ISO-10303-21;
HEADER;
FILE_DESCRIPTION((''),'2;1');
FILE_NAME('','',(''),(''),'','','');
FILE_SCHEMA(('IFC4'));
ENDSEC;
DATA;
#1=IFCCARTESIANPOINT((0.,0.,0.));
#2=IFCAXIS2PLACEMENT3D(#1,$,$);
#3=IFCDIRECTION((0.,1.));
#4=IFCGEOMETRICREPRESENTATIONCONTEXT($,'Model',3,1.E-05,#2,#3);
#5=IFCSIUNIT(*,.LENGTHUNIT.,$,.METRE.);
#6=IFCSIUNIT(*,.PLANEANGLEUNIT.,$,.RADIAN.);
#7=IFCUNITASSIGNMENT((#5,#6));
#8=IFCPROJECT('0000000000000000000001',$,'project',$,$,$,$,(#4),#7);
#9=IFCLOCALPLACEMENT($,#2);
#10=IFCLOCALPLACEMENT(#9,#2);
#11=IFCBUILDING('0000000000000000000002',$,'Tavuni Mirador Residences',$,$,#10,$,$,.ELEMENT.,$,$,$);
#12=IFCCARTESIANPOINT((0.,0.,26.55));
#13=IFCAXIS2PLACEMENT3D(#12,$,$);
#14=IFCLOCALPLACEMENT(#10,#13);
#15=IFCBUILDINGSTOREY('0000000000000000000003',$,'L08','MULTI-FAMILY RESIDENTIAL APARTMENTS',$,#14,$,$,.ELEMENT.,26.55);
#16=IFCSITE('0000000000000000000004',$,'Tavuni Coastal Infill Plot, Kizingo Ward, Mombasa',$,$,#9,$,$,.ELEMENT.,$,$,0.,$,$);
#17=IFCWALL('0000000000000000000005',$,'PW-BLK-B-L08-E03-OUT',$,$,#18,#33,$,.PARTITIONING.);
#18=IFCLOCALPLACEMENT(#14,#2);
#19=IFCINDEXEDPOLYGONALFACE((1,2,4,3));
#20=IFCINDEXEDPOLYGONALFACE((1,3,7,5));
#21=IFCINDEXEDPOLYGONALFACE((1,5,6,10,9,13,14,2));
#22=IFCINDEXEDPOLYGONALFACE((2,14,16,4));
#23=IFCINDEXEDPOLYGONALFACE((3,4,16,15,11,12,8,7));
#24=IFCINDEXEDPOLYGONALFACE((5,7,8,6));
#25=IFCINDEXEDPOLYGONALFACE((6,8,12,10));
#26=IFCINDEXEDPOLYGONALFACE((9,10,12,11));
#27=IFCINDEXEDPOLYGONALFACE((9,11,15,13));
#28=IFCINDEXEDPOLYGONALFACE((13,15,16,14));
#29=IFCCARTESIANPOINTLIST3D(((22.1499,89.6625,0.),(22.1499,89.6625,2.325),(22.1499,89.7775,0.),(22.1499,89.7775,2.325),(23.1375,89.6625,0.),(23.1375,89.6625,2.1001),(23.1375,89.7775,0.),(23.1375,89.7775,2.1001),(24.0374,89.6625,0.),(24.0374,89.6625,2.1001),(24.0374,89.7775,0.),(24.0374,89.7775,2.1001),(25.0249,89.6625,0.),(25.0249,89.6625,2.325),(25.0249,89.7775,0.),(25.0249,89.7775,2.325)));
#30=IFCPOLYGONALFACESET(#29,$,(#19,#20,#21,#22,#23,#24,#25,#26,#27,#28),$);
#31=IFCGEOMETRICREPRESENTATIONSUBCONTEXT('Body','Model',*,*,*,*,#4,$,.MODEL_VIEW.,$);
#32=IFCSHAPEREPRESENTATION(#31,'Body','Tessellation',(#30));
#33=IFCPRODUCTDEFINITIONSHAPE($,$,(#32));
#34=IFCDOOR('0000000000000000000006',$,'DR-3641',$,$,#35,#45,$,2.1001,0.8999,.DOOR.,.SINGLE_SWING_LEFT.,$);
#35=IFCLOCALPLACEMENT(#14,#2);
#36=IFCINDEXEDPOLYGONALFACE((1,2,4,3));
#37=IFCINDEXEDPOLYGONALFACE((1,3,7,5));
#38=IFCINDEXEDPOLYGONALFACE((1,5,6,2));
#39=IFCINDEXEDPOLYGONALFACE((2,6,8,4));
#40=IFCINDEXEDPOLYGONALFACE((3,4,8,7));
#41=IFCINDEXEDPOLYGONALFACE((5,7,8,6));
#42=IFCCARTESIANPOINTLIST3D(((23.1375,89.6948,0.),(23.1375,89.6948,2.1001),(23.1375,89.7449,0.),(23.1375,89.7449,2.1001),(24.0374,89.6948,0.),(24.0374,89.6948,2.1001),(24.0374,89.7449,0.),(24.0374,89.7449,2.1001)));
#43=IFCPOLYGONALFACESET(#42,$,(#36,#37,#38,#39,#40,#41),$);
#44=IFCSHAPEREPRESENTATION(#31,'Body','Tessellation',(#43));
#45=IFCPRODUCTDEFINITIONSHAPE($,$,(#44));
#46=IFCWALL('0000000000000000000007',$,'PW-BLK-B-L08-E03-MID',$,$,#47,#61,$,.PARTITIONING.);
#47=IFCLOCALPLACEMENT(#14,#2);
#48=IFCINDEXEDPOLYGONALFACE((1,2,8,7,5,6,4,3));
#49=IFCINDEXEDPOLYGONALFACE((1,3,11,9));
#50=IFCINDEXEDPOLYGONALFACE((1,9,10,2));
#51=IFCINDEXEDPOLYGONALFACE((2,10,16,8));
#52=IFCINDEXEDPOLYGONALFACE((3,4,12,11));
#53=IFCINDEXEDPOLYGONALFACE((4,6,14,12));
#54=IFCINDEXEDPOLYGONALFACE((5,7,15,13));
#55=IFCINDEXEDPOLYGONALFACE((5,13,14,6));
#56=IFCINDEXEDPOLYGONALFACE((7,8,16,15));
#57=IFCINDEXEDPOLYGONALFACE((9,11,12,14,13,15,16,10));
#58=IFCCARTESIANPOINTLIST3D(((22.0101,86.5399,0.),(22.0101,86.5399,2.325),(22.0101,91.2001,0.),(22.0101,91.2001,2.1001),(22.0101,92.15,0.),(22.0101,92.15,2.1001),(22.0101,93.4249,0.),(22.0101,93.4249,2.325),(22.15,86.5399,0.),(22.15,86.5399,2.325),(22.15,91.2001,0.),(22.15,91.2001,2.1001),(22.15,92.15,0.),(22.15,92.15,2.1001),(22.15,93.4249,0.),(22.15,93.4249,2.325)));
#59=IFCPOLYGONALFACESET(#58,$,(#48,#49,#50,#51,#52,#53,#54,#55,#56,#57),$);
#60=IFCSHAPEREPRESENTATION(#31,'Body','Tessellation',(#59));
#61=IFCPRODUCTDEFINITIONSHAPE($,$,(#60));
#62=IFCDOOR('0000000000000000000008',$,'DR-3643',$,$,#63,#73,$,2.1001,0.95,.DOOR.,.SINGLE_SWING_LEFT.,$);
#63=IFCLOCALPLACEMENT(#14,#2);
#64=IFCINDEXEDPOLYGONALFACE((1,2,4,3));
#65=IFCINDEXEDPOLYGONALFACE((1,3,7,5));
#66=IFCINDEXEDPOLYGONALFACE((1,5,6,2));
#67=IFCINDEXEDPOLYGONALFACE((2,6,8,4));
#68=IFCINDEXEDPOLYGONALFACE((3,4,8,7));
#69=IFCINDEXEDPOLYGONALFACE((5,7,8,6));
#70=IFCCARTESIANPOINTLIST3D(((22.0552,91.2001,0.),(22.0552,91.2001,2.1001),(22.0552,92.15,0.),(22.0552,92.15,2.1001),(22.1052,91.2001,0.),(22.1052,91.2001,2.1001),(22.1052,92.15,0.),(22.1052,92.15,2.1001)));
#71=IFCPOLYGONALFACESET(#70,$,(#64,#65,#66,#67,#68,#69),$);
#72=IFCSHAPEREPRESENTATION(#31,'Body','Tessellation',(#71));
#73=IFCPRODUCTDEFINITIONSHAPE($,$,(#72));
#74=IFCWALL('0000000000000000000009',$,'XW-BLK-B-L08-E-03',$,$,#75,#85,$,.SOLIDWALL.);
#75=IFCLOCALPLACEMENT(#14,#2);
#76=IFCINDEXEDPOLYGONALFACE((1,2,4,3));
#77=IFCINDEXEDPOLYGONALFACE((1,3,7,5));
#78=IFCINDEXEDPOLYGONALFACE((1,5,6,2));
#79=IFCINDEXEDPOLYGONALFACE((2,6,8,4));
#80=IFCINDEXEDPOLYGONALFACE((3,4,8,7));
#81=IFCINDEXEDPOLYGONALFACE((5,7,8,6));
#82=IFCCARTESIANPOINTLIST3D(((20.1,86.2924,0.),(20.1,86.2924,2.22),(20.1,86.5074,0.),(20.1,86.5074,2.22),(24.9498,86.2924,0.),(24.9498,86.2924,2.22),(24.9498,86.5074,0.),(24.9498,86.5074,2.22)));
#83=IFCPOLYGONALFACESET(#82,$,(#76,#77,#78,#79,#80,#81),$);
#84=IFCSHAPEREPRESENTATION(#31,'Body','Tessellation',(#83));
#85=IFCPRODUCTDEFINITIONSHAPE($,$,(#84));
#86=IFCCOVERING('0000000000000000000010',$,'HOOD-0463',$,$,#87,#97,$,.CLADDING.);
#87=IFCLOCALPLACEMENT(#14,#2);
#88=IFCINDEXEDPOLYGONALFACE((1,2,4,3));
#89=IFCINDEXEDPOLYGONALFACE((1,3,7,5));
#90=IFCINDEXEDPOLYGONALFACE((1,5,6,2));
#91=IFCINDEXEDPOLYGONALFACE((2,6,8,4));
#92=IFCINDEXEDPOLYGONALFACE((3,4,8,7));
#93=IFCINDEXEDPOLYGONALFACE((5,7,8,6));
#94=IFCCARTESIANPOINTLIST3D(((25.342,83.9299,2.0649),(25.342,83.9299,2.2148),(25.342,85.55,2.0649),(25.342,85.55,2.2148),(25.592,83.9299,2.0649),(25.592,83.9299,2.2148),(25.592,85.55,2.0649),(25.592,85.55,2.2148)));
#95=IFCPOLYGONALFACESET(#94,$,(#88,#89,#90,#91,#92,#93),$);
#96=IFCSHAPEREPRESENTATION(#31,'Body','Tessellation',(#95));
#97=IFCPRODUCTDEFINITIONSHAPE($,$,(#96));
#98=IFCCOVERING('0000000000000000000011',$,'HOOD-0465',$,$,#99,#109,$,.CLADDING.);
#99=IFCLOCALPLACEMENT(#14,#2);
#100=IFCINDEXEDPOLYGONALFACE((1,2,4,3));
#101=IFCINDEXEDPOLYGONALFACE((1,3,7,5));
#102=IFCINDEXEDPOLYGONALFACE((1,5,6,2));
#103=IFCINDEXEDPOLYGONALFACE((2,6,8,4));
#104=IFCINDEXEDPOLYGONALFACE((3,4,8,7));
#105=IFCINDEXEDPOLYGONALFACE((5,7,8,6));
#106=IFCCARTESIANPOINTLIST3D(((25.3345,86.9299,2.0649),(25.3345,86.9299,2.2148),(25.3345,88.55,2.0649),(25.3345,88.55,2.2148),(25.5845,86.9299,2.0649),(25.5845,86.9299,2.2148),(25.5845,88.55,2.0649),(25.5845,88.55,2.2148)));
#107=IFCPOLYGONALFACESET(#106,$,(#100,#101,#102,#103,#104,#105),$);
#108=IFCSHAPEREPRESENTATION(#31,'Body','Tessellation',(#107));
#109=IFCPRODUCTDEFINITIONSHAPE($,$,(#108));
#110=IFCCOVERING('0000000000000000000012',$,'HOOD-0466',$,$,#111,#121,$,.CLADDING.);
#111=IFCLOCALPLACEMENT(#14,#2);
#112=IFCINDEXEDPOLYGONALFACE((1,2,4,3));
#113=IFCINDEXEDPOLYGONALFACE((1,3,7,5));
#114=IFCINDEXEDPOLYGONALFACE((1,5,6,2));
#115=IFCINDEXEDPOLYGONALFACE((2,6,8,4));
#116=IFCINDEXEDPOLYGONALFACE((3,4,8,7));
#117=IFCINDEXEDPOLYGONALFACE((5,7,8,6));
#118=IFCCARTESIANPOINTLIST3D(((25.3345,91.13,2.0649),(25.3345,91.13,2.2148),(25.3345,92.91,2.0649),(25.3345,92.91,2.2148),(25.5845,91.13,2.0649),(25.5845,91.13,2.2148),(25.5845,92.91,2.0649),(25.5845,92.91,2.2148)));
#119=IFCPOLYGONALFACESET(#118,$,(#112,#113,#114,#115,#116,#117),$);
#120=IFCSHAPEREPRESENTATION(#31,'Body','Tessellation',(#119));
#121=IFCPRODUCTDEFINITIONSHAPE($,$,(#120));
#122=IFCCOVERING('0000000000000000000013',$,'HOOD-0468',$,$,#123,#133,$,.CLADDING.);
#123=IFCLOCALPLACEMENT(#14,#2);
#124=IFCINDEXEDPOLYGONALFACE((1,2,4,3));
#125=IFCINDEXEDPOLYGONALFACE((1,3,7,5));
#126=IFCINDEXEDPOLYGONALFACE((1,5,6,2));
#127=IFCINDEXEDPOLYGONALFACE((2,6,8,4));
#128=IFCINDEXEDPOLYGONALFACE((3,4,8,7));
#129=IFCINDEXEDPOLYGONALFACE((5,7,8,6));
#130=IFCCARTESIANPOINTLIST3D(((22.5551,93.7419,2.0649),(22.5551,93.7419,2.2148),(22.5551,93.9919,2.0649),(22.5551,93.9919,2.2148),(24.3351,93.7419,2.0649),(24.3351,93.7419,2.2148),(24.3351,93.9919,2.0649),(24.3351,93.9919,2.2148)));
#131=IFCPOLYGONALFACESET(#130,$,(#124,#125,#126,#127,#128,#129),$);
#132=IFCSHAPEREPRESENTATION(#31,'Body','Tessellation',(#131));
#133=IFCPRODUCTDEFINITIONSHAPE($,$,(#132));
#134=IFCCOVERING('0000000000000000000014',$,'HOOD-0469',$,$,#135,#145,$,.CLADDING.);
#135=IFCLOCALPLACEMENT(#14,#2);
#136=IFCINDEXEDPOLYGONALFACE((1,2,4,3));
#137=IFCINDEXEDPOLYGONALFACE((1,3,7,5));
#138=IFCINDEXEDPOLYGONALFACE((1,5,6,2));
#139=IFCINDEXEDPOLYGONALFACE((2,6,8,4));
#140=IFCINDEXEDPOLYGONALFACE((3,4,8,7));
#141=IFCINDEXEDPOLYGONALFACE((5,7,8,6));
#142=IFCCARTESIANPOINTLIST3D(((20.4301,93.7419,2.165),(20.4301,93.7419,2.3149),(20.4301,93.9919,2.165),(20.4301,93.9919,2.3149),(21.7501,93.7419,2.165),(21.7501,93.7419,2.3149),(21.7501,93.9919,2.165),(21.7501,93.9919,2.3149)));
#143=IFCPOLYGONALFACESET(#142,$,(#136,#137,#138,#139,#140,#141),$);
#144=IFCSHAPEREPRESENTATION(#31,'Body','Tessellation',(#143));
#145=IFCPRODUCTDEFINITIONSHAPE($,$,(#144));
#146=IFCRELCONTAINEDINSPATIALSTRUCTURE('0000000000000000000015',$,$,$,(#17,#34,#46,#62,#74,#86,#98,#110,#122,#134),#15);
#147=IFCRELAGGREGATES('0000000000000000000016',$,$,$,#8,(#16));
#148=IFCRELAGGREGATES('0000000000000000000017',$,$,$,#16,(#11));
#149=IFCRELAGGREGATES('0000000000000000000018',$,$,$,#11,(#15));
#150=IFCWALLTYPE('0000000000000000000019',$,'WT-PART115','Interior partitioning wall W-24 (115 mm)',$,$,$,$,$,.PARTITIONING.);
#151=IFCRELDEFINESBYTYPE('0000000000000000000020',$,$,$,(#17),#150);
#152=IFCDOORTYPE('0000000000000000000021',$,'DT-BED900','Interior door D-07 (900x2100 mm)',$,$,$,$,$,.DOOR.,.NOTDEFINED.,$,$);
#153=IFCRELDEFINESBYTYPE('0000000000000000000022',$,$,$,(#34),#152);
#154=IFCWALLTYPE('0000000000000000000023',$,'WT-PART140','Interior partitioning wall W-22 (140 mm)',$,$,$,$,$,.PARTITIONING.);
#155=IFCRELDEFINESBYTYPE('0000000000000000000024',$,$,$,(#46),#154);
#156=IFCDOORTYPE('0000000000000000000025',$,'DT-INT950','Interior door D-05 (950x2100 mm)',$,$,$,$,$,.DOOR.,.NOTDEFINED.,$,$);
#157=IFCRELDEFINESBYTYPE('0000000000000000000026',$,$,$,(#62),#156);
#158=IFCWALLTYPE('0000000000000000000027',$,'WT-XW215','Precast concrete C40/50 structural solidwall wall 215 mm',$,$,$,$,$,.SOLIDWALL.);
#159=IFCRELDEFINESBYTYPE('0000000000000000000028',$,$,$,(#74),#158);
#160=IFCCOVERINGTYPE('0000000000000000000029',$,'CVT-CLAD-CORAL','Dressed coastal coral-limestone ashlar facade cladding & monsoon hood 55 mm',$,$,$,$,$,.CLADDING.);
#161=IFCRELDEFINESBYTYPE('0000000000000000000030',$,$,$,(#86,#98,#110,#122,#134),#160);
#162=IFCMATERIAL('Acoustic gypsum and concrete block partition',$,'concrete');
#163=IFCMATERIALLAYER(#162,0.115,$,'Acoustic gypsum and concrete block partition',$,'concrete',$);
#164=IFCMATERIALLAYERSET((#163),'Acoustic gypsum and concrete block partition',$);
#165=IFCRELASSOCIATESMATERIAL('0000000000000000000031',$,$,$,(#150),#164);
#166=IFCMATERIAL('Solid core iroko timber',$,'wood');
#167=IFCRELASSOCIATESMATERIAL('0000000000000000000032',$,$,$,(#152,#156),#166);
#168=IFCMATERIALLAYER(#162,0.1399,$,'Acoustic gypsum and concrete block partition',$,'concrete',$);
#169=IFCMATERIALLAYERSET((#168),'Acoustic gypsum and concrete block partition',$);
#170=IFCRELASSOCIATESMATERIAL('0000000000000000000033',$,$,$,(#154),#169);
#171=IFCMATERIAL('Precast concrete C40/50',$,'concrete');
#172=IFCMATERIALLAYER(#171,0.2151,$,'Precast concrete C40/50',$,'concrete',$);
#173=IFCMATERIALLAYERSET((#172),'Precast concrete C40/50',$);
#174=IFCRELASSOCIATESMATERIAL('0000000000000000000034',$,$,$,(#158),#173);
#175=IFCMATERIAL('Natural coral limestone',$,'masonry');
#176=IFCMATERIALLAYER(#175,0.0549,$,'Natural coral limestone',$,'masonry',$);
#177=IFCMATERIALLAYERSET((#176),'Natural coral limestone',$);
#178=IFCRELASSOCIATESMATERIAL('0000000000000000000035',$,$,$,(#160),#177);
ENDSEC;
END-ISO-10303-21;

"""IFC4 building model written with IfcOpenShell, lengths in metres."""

from ifc_helpers import new_model, si_unit, direction, frame, frame_2d, origin, origin_2d, place, context, subcontext, project, spatial, rectangle, extrude, material, layer, layer_set, type_object, element, fill, save


model = new_model("IFC4")

# Units and contexts
model_context = context("Model", 3, precision=1e-05, world=origin(), true_north=direction((0.0, 1.0)))
body_context = subcontext(model_context, "Body", "Model", "MODEL_VIEW")
ifc_project = project(units=[si_unit("LENGTHUNIT", "METRE"), si_unit("PLANEANGLEUNIT", "RADIAN")], contexts=[model_context])

# Site, building, storey
site_placement = place(None, origin())
site = spatial("IfcSite", under=ifc_project, at=site_placement, Name="Tavuni Coastal Infill Plot, Kizingo Ward, Mombasa", CompositionType="ELEMENT", RefElevation=0.0)
building_placement = place(site_placement, origin())
building = spatial("IfcBuilding", under=site, at=building_placement, Name="Tavuni Mirador Residences", CompositionType="ELEMENT")
storey_placement = place(building_placement, frame((0.0, 0.0, 26.55)))
storey = spatial("IfcBuildingStorey", under=building, at=storey_placement, Name="L08", Description="MULTI-FAMILY RESIDENTIAL APARTMENTS", CompositionType="ELEMENT", Elevation=26.55)

# Shared definitions
ifc_material_1 = material(Name="Precast concrete C40/50", Category="concrete")

# Shared definitions
ifc_material_2 = material(Name="Solid core iroko timber", Category="wood")

# Walls, openings, doors
ifc_material_3 = material(Name="Acoustic gypsum and concrete block partition", Category="concrete")
ifc_layer_1 = layer(ifc_material_3, 0.115, Name="Acoustic gypsum and concrete block partition", Category="concrete")
ifc_layer_set_1 = layer_set([ifc_layer_1], Name="Acoustic gypsum and concrete block partition")
wall_type_1 = type_object("IfcWallType", Name="WT-PART115", Description="Interior partitioning wall W-24 (115 mm)", PredefinedType="PARTITIONING", material=ifc_layer_set_1)
wall_1_placement = place(storey_placement, frame((22.1499, 89.72, 0.0), z_axis=(0.0, 0.0, 1.0), x_axis=(1.0, 0.0, 0.0)))
wall_1 = element("IfcWall", 1, at=wall_1_placement, inside=storey, type_object=wall_type_1, Name="PW-BLK-B-L08-E03-OUT", PredefinedType="PARTITIONING", context=body_context, shape_type="SweptSolid", body=[
    extrude(rectangle(XDim=2.875, YDim=0.115, at=frame_2d((1.4375, 0.0))), origin(), (0.0, 0.0, 1.0), 2.325),
])
opening_1_placement = place(wall_1_placement, frame((0.9875, 0.0, 0.0)))
opening_1 = element("IfcOpeningElement", 2, at=opening_1_placement, cuts=wall_1, PredefinedType="OPENING", context=body_context, shape_type="SweptSolid", body=[
    extrude(rectangle(XDim=0.8999, YDim=2.1001, at=frame_2d((0.45, 1.05))), frame((0.0, 0.0674, 0.0), z_axis=(0.0, -1.0, 0.0), x_axis=(1.0, 0.0, 0.0)), (0.0, 0.0, 1.0), 0.135),
])
door_type_1 = type_object("IfcDoorType", Name="DT-BED900", Description="Interior door D-07 (900x2100 mm)", OperationType="NOTDEFINED", PredefinedType="DOOR", material=ifc_material_2)
door_1_placement = place(opening_1_placement, origin())
door_1 = element("IfcDoor", 3, at=door_1_placement, inside=storey, type_object=door_type_1, Name="DR-3641", OperationType="SINGLE_SWING_LEFT", OverallHeight=2.1001, OverallWidth=0.8999, PredefinedType="DOOR", context=body_context, shape_type="SweptSolid", body=[
    extrude(rectangle(XDim=0.8999, YDim=2.1001, at=frame_2d((0.45, 1.05))), frame((0.0, 0.0249, 0.0), z_axis=(0.0, -1.0, 0.0), x_axis=(1.0, 0.0, 0.0)), (0.0, 0.0, 1.0), 0.05),
])
fill(opening_1, door_1)
ifc_layer_2 = layer(ifc_material_3, 0.1399, Name="Acoustic gypsum and concrete block partition", Category="concrete")
ifc_layer_set_2 = layer_set([ifc_layer_2], Name="Acoustic gypsum and concrete block partition")
wall_type_2 = type_object("IfcWallType", Name="WT-PART140", Description="Interior partitioning wall W-22 (140 mm)", PredefinedType="PARTITIONING", material=ifc_layer_set_2)
wall_2_placement = place(storey_placement, frame((22.0801, 86.54, 0.0), z_axis=(0.0, 0.0, 1.0), x_axis=(0.0, 1.0, 0.0)))
wall_2 = element("IfcWall", 4, at=wall_2_placement, inside=storey, type_object=wall_type_2, Name="PW-BLK-B-L08-E03-MID", PredefinedType="PARTITIONING", context=body_context, shape_type="SweptSolid", body=[
    extrude(rectangle(XDim=6.885, YDim=0.1399, at=frame_2d((3.4424, 0.0))), origin(), (0.0, 0.0, 1.0), 2.325),
])
opening_2_placement = place(wall_2_placement, frame((4.6599, 0.0, 0.0)))
opening_2 = element("IfcOpeningElement", 5, at=opening_2_placement, cuts=wall_2, PredefinedType="OPENING", context=body_context, shape_type="SweptSolid", body=[
    extrude(rectangle(XDim=0.95, YDim=2.1001, at=frame_2d((0.4751, 1.05))), frame((0.0, 0.0801, 0.0), z_axis=(0.0, -1.0, 0.0), x_axis=(1.0, 0.0, 0.0)), (0.0, 0.0, 1.0), 0.1599),
])
door_type_2 = type_object("IfcDoorType", Name="DT-INT950", Description="Interior door D-05 (950x2100 mm)", OperationType="NOTDEFINED", PredefinedType="DOOR", material=ifc_material_2)
door_2_placement = place(opening_2_placement, origin())
door_2 = element("IfcDoor", 6, at=door_2_placement, inside=storey, type_object=door_type_2, Name="DR-3643", OperationType="SINGLE_SWING_LEFT", OverallHeight=2.1001, OverallWidth=0.95, PredefinedType="DOOR", context=body_context, shape_type="SweptSolid", body=[
    extrude(rectangle(XDim=0.95, YDim=2.1001, at=frame_2d((0.4751, 1.05))), frame((0.0, 0.0249, 0.0), z_axis=(0.0, -1.0, 0.0), x_axis=(1.0, 0.0, 0.0)), (0.0, 0.0, 1.0), 0.05),
])
fill(opening_2, door_2)

# Wall
ifc_layer_3 = layer(ifc_material_1, 0.2151, Name="Precast concrete C40/50", Category="concrete")
ifc_layer_set_3 = layer_set([ifc_layer_3], Name="Precast concrete C40/50")
wall_type_3 = type_object("IfcWallType", Name="WT-XW215", Description="Precast concrete C40/50 structural solidwall wall 215 mm", PredefinedType="SOLIDWALL", material=ifc_layer_set_3)
wall_3_placement = place(storey_placement, frame((20.1001, 86.3999, 0.0), z_axis=(0.0, 0.0, 1.0), x_axis=(1.0, 0.0, 0.0)))
element("IfcWall", 7, at=wall_3_placement, inside=storey, type_object=wall_type_3, Name="XW-BLK-B-L08-E-03", PredefinedType="SOLIDWALL", context=body_context, shape_type="SweptSolid", body=[
    extrude(rectangle(XDim=4.8499, YDim=0.2151, at=frame_2d((2.4248, 0.0))), origin(), (0.0, 0.0, 1.0), 2.22),
])

# Coverings
ifc_material_4 = material(Name="Natural coral limestone", Category="masonry")
ifc_layer_4 = layer(ifc_material_4, 0.0549, Name="Natural coral limestone", Category="masonry")
ifc_layer_set_4 = layer_set([ifc_layer_4], Name="Natural coral limestone")
covering_type = type_object("IfcCoveringType", Name="CVT-CLAD-CORAL", Description="Dressed coastal coral-limestone ashlar facade cladding & monsoon hood 55 mm", PredefinedType="CLADDING", material=ifc_layer_set_4)
for number, where, z_axis, x_axis, name in (
    (8, (25.467, 84.74, 2.0649), (0.0, 0.0, 1.0), (0.0, 1.0, 0.0), "HOOD-0463"),
    (9, (25.4595, 87.74, 2.0649), (0.0, 0.0, 1.0), (0.0, 1.0, 0.0), "HOOD-0465"),
):
    element("IfcCovering", number, at=place(storey_placement, frame(where, z_axis=z_axis, x_axis=x_axis)), inside=storey, type_object=covering_type, Name=name, PredefinedType="CLADDING", context=body_context, shape_type="SweptSolid", body=[
        extrude(rectangle(XDim=1.6201, YDim=0.25, at=origin_2d()), origin(), (0.0, 0.0, 1.0), 0.1499),
    ])
for number, where, z_axis, x_axis, name in (
    (10, (25.4595, 92.02, 2.0649), (0.0, 0.0, 1.0), (0.0, 1.0, 0.0), "HOOD-0466"),
    (11, (23.4451, 93.8669, 2.0649), (0.0, 0.0, 1.0), (-1.0, 0.0, 0.0), "HOOD-0468"),
):
    element("IfcCovering", number, at=place(storey_placement, frame(where, z_axis=z_axis, x_axis=x_axis)), inside=storey, type_object=covering_type, Name=name, PredefinedType="CLADDING", context=body_context, shape_type="SweptSolid", body=[
        extrude(rectangle(XDim=1.78, YDim=0.25, at=origin_2d()), origin(), (0.0, 0.0, 1.0), 0.1499),
    ])
covering_placement = place(storey_placement, frame((21.0901, 93.8669, 2.165), z_axis=(0.0, 0.0, 1.0), x_axis=(-1.0, 0.0, 0.0)))
element("IfcCovering", 12, at=covering_placement, inside=storey, type_object=covering_type, Name="HOOD-0469", PredefinedType="CLADDING", context=body_context, shape_type="SweptSolid", body=[
    extrude(rectangle(XDim=1.3201, YDim=0.25, at=origin_2d()), origin(), (0.0, 0.0, 1.0), 0.1499),
])

save(model, "model.ifc")
